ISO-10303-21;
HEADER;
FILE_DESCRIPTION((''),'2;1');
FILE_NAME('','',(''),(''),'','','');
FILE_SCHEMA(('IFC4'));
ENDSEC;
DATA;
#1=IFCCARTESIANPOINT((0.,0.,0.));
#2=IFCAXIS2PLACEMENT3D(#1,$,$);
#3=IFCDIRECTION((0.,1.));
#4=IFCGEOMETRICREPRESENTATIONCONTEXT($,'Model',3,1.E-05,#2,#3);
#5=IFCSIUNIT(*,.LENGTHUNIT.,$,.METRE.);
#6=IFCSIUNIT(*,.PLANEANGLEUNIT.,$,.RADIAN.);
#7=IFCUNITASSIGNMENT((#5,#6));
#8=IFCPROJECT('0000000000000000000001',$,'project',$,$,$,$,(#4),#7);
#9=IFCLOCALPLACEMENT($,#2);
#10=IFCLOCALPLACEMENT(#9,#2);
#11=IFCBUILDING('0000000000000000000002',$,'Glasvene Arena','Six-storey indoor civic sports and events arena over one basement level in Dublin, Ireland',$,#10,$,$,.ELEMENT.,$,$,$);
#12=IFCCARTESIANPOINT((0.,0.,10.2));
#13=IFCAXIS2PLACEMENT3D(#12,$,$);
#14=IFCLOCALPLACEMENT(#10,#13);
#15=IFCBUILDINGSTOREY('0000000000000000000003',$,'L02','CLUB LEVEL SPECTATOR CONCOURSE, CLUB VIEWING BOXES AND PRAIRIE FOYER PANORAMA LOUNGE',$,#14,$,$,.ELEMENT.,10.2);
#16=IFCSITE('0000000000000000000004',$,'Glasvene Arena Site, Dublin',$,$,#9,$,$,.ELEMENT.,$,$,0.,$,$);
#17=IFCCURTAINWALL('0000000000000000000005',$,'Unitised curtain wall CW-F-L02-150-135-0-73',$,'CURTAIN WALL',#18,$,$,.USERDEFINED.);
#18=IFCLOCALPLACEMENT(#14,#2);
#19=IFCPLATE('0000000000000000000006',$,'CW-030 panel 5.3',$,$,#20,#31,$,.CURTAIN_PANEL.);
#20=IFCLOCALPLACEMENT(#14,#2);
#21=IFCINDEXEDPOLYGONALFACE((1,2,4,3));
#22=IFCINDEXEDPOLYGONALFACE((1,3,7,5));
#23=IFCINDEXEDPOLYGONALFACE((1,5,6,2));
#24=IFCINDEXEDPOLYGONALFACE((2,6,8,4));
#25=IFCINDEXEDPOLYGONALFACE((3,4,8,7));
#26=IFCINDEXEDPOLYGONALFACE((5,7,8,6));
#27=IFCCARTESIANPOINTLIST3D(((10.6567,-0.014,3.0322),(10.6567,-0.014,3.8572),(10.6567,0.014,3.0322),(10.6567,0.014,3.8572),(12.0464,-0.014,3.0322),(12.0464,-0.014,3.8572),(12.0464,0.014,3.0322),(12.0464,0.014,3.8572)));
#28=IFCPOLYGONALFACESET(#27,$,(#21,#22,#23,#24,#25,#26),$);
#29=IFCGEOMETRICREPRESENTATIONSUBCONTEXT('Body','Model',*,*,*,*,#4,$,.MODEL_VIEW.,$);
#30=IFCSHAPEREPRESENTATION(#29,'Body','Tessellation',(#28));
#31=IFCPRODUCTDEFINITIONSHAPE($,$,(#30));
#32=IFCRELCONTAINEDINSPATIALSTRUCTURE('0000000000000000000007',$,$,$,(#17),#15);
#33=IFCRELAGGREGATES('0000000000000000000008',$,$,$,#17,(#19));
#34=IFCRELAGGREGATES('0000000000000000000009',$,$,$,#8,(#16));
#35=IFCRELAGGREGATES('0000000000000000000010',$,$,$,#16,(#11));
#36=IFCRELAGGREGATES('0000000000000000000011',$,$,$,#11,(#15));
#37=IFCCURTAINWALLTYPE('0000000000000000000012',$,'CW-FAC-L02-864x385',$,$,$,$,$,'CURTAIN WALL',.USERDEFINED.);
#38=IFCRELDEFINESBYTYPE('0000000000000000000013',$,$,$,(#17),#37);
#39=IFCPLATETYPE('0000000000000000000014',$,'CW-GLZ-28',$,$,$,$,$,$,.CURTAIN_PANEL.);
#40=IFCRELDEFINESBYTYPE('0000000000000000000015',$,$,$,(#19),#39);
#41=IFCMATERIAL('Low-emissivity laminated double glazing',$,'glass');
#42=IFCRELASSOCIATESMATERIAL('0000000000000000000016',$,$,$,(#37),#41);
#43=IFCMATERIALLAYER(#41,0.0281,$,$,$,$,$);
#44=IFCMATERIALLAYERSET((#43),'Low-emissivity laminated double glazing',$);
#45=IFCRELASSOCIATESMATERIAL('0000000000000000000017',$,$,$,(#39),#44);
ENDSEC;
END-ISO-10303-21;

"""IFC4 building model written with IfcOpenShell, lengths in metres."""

from ifc_helpers import new_model, si_unit, direction, frame, origin, origin_2d, place, context, subcontext, project, spatial, rectangle, extrude, material, layer, layer_set, type_object, element, aggregate, save


model = new_model("IFC4")

# Units and contexts
model_context = context("Model", 3, precision=1e-05, world=origin(), true_north=direction((0.0, 1.0)))
body_context = subcontext(model_context, "Body", "Model", "MODEL_VIEW")
ifc_project = project(units=[si_unit("LENGTHUNIT", "METRE"), si_unit("PLANEANGLEUNIT", "RADIAN")], contexts=[model_context])

# Site, building, storey
site_placement = place(None, origin())
site = spatial("IfcSite", under=ifc_project, at=site_placement, Name="Glasvene Arena Site, Dublin", CompositionType="ELEMENT", RefElevation=0.0)
building_placement = place(site_placement, origin())
building = spatial("IfcBuilding", under=site, at=building_placement, Name="Glasvene Arena", Description="Six-storey indoor civic sports and events arena over one basement level in Dublin, Ireland", CompositionType="ELEMENT")
storey_placement = place(building_placement, frame((0.0, 0.0, 10.2)))
storey = spatial("IfcBuildingStorey", under=building, at=storey_placement, Name="L02", Description="CLUB LEVEL SPECTATOR CONCOURSE, CLUB VIEWING BOXES AND PRAIRIE FOYER PANORAMA LOUNGE", CompositionType="ELEMENT", Elevation=10.2)

# Curtain wall, plate
ifc_material_1 = material(Name="Low-emissivity laminated double glazing", Category="glass")
curtain_wall_type = type_object("IfcCurtainWallType", Name="CW-FAC-L02-864x385", ElementType="CURTAIN WALL", PredefinedType="USERDEFINED", material=ifc_material_1)
curtain_wall_placement = place(storey_placement, frame((17.8298, 0.0, 0.0)))
curtain_wall = element("IfcCurtainWall", 1, at=curtain_wall_placement, inside=storey, type_object=curtain_wall_type, Name="Unitised curtain wall CW-F-L02-150-135-0-73", ObjectType="CURTAIN WALL", PredefinedType="USERDEFINED")
ifc_layer = layer(ifc_material_1, 0.0281)
ifc_layer_set = layer_set([ifc_layer], Name="Low-emissivity laminated double glazing")
plate_type = type_object("IfcPlateType", Name="CW-GLZ-28", PredefinedType="CURTAIN_PANEL", material=ifc_layer_set)
plate_1_placement = place(storey_placement, frame((11.3516, 0.0, 3.0322), z_axis=(0.0, 0.0, 1.0), x_axis=(-1.0, 0.0, 0.0)))
plate_1 = element("IfcPlate", 2, at=plate_1_placement, type_object=plate_type, Name="CW-030 panel 5.3", PredefinedType="CURTAIN_PANEL", context=body_context, shape_type="SweptSolid", body=[
    extrude(rectangle(XDim=1.3896, YDim=0.0281, at=origin_2d()), origin(), (0.0, 0.0, 1.0), 0.825),
])
aggregate(curtain_wall, [plate_1])

save(model, "model.ifc")
